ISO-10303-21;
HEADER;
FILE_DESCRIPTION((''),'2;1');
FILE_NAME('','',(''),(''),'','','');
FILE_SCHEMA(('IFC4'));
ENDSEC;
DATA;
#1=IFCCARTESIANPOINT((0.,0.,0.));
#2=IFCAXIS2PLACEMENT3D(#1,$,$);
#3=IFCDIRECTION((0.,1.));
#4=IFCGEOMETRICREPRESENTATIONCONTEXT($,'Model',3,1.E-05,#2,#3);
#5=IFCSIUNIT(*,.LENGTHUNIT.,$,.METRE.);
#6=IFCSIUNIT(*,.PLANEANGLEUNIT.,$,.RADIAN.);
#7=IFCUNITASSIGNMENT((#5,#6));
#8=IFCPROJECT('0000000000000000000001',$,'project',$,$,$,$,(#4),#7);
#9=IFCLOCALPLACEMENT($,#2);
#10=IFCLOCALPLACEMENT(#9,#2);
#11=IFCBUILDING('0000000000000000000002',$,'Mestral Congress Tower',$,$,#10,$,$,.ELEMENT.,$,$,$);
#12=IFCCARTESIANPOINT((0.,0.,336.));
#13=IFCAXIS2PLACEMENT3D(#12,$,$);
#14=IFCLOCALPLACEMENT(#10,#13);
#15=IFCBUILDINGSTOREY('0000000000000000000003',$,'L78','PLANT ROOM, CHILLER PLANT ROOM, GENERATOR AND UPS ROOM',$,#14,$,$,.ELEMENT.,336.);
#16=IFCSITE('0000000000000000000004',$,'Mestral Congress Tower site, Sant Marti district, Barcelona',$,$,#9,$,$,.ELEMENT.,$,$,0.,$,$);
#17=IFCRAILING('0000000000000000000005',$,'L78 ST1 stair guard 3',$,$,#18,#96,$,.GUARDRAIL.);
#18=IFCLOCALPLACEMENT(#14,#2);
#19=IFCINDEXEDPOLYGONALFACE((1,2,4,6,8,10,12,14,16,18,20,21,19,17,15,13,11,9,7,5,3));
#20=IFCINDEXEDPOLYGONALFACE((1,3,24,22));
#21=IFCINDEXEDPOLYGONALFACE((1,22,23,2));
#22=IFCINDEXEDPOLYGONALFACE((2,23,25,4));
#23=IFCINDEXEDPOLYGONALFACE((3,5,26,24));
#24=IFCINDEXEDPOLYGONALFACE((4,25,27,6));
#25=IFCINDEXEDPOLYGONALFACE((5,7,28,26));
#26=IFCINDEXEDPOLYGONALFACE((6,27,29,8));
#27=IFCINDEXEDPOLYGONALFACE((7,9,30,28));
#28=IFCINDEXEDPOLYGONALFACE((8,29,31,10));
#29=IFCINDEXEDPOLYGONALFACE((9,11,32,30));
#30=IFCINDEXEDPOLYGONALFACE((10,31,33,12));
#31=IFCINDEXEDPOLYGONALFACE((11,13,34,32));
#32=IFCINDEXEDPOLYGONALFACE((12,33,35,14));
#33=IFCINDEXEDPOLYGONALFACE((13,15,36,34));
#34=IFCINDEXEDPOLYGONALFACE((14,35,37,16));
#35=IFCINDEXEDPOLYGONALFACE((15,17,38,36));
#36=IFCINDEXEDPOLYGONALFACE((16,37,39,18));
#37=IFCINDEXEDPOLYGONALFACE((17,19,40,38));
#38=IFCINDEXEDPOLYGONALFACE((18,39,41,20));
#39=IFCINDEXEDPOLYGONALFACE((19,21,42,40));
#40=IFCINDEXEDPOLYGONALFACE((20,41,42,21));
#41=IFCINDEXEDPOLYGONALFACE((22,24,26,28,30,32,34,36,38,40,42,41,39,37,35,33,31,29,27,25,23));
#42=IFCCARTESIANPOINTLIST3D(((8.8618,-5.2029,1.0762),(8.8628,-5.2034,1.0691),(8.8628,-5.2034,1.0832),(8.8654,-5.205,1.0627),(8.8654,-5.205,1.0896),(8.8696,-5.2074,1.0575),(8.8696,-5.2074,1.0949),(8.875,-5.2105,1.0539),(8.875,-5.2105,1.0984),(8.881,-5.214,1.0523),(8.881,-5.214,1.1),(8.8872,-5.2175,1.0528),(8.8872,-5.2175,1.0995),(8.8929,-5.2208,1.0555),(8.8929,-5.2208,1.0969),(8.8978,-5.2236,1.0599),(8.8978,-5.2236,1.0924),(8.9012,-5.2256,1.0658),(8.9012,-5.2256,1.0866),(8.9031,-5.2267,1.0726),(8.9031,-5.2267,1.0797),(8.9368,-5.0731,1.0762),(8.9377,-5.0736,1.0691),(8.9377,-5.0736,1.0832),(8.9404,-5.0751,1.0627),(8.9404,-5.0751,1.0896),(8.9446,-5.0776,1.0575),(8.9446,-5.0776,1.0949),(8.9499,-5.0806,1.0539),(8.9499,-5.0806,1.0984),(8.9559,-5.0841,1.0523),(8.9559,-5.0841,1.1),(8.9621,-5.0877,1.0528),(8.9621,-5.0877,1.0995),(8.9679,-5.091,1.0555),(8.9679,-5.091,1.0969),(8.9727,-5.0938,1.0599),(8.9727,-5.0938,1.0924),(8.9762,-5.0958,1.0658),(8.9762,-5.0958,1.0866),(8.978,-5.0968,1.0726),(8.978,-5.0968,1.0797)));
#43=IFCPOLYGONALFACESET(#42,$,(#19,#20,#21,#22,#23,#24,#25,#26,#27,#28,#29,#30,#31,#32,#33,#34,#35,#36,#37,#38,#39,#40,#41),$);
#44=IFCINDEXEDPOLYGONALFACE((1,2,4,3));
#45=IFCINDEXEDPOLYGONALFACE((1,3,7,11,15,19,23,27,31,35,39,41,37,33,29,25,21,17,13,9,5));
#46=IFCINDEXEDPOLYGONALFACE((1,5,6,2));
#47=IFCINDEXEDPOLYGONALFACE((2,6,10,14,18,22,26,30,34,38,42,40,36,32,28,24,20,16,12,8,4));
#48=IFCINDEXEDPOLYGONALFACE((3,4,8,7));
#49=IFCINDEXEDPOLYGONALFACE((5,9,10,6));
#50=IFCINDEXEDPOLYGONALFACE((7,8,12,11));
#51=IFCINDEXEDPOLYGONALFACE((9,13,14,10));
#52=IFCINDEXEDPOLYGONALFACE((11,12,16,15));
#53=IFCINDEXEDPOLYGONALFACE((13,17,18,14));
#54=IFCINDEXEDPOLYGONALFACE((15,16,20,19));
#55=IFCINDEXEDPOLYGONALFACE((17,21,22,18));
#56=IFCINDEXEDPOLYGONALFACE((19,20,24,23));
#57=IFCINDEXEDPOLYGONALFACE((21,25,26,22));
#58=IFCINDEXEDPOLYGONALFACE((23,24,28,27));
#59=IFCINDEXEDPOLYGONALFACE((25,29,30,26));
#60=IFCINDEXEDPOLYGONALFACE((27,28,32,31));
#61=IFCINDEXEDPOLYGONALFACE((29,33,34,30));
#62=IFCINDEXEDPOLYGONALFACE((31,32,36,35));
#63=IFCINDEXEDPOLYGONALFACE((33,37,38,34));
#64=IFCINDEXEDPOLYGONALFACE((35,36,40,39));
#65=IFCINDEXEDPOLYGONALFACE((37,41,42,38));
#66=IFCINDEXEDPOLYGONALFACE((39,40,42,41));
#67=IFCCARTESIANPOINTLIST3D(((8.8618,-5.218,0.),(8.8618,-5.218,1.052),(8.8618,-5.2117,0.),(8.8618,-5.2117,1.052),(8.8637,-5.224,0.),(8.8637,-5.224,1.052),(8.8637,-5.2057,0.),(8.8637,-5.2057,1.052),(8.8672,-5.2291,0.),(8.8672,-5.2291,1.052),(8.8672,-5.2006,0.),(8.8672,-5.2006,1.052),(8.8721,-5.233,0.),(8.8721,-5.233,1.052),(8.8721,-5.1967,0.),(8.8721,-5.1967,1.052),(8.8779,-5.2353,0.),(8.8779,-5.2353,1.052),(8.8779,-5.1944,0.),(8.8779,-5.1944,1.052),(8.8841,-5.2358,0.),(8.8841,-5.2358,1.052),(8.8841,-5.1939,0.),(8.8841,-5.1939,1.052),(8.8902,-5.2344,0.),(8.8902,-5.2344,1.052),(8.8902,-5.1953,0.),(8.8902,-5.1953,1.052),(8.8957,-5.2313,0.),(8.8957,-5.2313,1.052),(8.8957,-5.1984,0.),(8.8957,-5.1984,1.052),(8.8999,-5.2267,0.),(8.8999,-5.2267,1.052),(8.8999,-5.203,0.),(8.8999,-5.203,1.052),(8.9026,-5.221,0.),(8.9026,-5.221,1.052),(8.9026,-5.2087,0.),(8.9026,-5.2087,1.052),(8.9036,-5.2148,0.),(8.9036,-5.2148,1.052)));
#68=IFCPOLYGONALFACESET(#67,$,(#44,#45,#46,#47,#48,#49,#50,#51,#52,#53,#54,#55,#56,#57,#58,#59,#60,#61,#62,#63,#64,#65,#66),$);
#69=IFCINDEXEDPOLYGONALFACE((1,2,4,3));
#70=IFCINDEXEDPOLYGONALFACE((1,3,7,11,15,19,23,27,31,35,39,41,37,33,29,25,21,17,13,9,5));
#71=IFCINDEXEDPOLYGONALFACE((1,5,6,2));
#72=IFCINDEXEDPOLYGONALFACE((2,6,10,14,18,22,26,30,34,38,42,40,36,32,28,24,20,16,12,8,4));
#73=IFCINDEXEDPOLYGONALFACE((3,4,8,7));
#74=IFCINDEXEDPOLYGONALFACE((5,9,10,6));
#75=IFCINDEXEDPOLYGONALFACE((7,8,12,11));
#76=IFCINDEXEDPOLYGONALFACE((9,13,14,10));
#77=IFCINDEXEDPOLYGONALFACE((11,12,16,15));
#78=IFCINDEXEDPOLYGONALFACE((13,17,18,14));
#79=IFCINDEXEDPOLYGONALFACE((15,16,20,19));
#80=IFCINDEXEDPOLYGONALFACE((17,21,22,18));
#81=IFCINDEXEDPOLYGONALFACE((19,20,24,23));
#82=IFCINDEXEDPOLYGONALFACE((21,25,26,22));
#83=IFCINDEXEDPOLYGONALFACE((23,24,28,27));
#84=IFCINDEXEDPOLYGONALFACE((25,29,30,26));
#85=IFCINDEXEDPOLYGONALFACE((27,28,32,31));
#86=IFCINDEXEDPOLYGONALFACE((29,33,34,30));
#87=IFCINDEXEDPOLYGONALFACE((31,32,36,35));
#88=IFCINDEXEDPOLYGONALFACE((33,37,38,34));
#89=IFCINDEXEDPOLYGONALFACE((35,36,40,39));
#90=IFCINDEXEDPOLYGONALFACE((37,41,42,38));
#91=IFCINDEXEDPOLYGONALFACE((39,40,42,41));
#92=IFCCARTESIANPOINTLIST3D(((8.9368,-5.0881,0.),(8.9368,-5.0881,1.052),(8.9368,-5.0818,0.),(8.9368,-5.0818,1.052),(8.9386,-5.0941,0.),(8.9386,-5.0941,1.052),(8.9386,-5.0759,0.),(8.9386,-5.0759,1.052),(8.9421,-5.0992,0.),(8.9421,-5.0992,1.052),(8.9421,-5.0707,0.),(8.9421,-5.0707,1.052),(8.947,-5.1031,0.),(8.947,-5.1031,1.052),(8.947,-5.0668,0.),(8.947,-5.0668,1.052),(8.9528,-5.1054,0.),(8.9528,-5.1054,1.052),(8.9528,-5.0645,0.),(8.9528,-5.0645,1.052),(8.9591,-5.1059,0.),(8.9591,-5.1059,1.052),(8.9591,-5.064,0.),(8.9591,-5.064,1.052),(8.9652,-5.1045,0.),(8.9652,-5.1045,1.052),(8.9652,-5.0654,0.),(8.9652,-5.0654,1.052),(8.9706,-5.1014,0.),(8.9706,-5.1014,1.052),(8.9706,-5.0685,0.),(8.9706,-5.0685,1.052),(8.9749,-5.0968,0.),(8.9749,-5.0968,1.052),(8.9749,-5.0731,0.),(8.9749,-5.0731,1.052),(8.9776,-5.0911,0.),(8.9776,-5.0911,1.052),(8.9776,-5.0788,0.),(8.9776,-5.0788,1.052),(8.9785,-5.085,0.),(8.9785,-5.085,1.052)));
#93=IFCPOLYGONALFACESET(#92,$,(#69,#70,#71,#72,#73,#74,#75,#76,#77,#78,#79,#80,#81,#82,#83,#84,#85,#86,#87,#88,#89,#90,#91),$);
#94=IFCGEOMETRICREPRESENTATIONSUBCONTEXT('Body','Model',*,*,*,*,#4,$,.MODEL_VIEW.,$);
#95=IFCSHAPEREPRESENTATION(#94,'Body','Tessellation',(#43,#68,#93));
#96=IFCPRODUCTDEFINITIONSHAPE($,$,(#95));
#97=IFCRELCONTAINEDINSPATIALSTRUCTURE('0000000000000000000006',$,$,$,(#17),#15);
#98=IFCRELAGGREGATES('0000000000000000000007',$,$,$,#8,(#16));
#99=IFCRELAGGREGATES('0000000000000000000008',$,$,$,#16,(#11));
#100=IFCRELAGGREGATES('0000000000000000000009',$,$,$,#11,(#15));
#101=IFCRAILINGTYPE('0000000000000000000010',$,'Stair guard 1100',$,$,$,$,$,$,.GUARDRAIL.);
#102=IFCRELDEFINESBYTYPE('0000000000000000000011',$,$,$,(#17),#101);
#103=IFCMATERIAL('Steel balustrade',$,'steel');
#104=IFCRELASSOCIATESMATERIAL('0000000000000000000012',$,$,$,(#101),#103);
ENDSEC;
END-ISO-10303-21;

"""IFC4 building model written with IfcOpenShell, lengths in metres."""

from ifc_helpers import new_model, si_unit, direction, frame, origin, origin_2d, place, context, subcontext, project, spatial, circle, extrude, material, type_object, element, save


model = new_model("IFC4")

# Units and contexts
model_context = context("Model", 3, precision=1e-05, world=origin(), true_north=direction((0.0, 1.0)))
body_context = subcontext(model_context, "Body", "Model", "MODEL_VIEW")
ifc_project = project(units=[si_unit("LENGTHUNIT", "METRE"), si_unit("PLANEANGLEUNIT", "RADIAN")], contexts=[model_context])

# Site, building, storey
site_placement = place(None, origin())
site = spatial("IfcSite", under=ifc_project, at=site_placement, Name="Mestral Congress Tower site, Sant Marti district, Barcelona", CompositionType="ELEMENT", RefElevation=0.0)
building_placement = place(site_placement, origin())
building = spatial("IfcBuilding", under=site, at=building_placement, Name="Mestral Congress Tower", CompositionType="ELEMENT")
storey_placement = place(building_placement, frame((0.0, 0.0, 336.0)))
storey = spatial("IfcBuildingStorey", under=building, at=storey_placement, Name="L78", Description="PLANT ROOM, CHILLER PLANT ROOM, GENERATOR AND UPS ROOM", CompositionType="ELEMENT", Elevation=336.0)

# Railing
ifc_material_1 = material(Name="Steel balustrade", Category="steel")
railing_type_1 = type_object("IfcRailingType", Name="Stair guard 1100", PredefinedType="GUARDRAIL", material=ifc_material_1)
railing_1_placement = place(storey_placement, frame((8.8826, -5.2148, 0.0)))
element("IfcRailing", 1, at=railing_1_placement, inside=storey, type_object=railing_type_1, Name="L78 ST1 stair guard 3", PredefinedType="GUARDRAIL", context=body_context, shape_type="SweptSolid", body=[
    extrude(circle(Radius=0.0239, at=origin_2d()), frame((0.0, 0.0, 1.0762), z_axis=(0.499816, 0.866131, 0.0), x_axis=(-0.866131, 0.499816, 0.0)), (0.0, 0.0, 1.0), 0.1499),
    extrude(circle(Radius=0.021, at=origin_2d()), origin(), (0.0, 0.0, 1.0), 1.052),
    extrude(circle(Radius=0.021, at=origin_2d()), frame((0.075, 0.1299, 0.0)), (0.0, 0.0, 1.0), 1.052),
])

save(model, "model.ifc")
